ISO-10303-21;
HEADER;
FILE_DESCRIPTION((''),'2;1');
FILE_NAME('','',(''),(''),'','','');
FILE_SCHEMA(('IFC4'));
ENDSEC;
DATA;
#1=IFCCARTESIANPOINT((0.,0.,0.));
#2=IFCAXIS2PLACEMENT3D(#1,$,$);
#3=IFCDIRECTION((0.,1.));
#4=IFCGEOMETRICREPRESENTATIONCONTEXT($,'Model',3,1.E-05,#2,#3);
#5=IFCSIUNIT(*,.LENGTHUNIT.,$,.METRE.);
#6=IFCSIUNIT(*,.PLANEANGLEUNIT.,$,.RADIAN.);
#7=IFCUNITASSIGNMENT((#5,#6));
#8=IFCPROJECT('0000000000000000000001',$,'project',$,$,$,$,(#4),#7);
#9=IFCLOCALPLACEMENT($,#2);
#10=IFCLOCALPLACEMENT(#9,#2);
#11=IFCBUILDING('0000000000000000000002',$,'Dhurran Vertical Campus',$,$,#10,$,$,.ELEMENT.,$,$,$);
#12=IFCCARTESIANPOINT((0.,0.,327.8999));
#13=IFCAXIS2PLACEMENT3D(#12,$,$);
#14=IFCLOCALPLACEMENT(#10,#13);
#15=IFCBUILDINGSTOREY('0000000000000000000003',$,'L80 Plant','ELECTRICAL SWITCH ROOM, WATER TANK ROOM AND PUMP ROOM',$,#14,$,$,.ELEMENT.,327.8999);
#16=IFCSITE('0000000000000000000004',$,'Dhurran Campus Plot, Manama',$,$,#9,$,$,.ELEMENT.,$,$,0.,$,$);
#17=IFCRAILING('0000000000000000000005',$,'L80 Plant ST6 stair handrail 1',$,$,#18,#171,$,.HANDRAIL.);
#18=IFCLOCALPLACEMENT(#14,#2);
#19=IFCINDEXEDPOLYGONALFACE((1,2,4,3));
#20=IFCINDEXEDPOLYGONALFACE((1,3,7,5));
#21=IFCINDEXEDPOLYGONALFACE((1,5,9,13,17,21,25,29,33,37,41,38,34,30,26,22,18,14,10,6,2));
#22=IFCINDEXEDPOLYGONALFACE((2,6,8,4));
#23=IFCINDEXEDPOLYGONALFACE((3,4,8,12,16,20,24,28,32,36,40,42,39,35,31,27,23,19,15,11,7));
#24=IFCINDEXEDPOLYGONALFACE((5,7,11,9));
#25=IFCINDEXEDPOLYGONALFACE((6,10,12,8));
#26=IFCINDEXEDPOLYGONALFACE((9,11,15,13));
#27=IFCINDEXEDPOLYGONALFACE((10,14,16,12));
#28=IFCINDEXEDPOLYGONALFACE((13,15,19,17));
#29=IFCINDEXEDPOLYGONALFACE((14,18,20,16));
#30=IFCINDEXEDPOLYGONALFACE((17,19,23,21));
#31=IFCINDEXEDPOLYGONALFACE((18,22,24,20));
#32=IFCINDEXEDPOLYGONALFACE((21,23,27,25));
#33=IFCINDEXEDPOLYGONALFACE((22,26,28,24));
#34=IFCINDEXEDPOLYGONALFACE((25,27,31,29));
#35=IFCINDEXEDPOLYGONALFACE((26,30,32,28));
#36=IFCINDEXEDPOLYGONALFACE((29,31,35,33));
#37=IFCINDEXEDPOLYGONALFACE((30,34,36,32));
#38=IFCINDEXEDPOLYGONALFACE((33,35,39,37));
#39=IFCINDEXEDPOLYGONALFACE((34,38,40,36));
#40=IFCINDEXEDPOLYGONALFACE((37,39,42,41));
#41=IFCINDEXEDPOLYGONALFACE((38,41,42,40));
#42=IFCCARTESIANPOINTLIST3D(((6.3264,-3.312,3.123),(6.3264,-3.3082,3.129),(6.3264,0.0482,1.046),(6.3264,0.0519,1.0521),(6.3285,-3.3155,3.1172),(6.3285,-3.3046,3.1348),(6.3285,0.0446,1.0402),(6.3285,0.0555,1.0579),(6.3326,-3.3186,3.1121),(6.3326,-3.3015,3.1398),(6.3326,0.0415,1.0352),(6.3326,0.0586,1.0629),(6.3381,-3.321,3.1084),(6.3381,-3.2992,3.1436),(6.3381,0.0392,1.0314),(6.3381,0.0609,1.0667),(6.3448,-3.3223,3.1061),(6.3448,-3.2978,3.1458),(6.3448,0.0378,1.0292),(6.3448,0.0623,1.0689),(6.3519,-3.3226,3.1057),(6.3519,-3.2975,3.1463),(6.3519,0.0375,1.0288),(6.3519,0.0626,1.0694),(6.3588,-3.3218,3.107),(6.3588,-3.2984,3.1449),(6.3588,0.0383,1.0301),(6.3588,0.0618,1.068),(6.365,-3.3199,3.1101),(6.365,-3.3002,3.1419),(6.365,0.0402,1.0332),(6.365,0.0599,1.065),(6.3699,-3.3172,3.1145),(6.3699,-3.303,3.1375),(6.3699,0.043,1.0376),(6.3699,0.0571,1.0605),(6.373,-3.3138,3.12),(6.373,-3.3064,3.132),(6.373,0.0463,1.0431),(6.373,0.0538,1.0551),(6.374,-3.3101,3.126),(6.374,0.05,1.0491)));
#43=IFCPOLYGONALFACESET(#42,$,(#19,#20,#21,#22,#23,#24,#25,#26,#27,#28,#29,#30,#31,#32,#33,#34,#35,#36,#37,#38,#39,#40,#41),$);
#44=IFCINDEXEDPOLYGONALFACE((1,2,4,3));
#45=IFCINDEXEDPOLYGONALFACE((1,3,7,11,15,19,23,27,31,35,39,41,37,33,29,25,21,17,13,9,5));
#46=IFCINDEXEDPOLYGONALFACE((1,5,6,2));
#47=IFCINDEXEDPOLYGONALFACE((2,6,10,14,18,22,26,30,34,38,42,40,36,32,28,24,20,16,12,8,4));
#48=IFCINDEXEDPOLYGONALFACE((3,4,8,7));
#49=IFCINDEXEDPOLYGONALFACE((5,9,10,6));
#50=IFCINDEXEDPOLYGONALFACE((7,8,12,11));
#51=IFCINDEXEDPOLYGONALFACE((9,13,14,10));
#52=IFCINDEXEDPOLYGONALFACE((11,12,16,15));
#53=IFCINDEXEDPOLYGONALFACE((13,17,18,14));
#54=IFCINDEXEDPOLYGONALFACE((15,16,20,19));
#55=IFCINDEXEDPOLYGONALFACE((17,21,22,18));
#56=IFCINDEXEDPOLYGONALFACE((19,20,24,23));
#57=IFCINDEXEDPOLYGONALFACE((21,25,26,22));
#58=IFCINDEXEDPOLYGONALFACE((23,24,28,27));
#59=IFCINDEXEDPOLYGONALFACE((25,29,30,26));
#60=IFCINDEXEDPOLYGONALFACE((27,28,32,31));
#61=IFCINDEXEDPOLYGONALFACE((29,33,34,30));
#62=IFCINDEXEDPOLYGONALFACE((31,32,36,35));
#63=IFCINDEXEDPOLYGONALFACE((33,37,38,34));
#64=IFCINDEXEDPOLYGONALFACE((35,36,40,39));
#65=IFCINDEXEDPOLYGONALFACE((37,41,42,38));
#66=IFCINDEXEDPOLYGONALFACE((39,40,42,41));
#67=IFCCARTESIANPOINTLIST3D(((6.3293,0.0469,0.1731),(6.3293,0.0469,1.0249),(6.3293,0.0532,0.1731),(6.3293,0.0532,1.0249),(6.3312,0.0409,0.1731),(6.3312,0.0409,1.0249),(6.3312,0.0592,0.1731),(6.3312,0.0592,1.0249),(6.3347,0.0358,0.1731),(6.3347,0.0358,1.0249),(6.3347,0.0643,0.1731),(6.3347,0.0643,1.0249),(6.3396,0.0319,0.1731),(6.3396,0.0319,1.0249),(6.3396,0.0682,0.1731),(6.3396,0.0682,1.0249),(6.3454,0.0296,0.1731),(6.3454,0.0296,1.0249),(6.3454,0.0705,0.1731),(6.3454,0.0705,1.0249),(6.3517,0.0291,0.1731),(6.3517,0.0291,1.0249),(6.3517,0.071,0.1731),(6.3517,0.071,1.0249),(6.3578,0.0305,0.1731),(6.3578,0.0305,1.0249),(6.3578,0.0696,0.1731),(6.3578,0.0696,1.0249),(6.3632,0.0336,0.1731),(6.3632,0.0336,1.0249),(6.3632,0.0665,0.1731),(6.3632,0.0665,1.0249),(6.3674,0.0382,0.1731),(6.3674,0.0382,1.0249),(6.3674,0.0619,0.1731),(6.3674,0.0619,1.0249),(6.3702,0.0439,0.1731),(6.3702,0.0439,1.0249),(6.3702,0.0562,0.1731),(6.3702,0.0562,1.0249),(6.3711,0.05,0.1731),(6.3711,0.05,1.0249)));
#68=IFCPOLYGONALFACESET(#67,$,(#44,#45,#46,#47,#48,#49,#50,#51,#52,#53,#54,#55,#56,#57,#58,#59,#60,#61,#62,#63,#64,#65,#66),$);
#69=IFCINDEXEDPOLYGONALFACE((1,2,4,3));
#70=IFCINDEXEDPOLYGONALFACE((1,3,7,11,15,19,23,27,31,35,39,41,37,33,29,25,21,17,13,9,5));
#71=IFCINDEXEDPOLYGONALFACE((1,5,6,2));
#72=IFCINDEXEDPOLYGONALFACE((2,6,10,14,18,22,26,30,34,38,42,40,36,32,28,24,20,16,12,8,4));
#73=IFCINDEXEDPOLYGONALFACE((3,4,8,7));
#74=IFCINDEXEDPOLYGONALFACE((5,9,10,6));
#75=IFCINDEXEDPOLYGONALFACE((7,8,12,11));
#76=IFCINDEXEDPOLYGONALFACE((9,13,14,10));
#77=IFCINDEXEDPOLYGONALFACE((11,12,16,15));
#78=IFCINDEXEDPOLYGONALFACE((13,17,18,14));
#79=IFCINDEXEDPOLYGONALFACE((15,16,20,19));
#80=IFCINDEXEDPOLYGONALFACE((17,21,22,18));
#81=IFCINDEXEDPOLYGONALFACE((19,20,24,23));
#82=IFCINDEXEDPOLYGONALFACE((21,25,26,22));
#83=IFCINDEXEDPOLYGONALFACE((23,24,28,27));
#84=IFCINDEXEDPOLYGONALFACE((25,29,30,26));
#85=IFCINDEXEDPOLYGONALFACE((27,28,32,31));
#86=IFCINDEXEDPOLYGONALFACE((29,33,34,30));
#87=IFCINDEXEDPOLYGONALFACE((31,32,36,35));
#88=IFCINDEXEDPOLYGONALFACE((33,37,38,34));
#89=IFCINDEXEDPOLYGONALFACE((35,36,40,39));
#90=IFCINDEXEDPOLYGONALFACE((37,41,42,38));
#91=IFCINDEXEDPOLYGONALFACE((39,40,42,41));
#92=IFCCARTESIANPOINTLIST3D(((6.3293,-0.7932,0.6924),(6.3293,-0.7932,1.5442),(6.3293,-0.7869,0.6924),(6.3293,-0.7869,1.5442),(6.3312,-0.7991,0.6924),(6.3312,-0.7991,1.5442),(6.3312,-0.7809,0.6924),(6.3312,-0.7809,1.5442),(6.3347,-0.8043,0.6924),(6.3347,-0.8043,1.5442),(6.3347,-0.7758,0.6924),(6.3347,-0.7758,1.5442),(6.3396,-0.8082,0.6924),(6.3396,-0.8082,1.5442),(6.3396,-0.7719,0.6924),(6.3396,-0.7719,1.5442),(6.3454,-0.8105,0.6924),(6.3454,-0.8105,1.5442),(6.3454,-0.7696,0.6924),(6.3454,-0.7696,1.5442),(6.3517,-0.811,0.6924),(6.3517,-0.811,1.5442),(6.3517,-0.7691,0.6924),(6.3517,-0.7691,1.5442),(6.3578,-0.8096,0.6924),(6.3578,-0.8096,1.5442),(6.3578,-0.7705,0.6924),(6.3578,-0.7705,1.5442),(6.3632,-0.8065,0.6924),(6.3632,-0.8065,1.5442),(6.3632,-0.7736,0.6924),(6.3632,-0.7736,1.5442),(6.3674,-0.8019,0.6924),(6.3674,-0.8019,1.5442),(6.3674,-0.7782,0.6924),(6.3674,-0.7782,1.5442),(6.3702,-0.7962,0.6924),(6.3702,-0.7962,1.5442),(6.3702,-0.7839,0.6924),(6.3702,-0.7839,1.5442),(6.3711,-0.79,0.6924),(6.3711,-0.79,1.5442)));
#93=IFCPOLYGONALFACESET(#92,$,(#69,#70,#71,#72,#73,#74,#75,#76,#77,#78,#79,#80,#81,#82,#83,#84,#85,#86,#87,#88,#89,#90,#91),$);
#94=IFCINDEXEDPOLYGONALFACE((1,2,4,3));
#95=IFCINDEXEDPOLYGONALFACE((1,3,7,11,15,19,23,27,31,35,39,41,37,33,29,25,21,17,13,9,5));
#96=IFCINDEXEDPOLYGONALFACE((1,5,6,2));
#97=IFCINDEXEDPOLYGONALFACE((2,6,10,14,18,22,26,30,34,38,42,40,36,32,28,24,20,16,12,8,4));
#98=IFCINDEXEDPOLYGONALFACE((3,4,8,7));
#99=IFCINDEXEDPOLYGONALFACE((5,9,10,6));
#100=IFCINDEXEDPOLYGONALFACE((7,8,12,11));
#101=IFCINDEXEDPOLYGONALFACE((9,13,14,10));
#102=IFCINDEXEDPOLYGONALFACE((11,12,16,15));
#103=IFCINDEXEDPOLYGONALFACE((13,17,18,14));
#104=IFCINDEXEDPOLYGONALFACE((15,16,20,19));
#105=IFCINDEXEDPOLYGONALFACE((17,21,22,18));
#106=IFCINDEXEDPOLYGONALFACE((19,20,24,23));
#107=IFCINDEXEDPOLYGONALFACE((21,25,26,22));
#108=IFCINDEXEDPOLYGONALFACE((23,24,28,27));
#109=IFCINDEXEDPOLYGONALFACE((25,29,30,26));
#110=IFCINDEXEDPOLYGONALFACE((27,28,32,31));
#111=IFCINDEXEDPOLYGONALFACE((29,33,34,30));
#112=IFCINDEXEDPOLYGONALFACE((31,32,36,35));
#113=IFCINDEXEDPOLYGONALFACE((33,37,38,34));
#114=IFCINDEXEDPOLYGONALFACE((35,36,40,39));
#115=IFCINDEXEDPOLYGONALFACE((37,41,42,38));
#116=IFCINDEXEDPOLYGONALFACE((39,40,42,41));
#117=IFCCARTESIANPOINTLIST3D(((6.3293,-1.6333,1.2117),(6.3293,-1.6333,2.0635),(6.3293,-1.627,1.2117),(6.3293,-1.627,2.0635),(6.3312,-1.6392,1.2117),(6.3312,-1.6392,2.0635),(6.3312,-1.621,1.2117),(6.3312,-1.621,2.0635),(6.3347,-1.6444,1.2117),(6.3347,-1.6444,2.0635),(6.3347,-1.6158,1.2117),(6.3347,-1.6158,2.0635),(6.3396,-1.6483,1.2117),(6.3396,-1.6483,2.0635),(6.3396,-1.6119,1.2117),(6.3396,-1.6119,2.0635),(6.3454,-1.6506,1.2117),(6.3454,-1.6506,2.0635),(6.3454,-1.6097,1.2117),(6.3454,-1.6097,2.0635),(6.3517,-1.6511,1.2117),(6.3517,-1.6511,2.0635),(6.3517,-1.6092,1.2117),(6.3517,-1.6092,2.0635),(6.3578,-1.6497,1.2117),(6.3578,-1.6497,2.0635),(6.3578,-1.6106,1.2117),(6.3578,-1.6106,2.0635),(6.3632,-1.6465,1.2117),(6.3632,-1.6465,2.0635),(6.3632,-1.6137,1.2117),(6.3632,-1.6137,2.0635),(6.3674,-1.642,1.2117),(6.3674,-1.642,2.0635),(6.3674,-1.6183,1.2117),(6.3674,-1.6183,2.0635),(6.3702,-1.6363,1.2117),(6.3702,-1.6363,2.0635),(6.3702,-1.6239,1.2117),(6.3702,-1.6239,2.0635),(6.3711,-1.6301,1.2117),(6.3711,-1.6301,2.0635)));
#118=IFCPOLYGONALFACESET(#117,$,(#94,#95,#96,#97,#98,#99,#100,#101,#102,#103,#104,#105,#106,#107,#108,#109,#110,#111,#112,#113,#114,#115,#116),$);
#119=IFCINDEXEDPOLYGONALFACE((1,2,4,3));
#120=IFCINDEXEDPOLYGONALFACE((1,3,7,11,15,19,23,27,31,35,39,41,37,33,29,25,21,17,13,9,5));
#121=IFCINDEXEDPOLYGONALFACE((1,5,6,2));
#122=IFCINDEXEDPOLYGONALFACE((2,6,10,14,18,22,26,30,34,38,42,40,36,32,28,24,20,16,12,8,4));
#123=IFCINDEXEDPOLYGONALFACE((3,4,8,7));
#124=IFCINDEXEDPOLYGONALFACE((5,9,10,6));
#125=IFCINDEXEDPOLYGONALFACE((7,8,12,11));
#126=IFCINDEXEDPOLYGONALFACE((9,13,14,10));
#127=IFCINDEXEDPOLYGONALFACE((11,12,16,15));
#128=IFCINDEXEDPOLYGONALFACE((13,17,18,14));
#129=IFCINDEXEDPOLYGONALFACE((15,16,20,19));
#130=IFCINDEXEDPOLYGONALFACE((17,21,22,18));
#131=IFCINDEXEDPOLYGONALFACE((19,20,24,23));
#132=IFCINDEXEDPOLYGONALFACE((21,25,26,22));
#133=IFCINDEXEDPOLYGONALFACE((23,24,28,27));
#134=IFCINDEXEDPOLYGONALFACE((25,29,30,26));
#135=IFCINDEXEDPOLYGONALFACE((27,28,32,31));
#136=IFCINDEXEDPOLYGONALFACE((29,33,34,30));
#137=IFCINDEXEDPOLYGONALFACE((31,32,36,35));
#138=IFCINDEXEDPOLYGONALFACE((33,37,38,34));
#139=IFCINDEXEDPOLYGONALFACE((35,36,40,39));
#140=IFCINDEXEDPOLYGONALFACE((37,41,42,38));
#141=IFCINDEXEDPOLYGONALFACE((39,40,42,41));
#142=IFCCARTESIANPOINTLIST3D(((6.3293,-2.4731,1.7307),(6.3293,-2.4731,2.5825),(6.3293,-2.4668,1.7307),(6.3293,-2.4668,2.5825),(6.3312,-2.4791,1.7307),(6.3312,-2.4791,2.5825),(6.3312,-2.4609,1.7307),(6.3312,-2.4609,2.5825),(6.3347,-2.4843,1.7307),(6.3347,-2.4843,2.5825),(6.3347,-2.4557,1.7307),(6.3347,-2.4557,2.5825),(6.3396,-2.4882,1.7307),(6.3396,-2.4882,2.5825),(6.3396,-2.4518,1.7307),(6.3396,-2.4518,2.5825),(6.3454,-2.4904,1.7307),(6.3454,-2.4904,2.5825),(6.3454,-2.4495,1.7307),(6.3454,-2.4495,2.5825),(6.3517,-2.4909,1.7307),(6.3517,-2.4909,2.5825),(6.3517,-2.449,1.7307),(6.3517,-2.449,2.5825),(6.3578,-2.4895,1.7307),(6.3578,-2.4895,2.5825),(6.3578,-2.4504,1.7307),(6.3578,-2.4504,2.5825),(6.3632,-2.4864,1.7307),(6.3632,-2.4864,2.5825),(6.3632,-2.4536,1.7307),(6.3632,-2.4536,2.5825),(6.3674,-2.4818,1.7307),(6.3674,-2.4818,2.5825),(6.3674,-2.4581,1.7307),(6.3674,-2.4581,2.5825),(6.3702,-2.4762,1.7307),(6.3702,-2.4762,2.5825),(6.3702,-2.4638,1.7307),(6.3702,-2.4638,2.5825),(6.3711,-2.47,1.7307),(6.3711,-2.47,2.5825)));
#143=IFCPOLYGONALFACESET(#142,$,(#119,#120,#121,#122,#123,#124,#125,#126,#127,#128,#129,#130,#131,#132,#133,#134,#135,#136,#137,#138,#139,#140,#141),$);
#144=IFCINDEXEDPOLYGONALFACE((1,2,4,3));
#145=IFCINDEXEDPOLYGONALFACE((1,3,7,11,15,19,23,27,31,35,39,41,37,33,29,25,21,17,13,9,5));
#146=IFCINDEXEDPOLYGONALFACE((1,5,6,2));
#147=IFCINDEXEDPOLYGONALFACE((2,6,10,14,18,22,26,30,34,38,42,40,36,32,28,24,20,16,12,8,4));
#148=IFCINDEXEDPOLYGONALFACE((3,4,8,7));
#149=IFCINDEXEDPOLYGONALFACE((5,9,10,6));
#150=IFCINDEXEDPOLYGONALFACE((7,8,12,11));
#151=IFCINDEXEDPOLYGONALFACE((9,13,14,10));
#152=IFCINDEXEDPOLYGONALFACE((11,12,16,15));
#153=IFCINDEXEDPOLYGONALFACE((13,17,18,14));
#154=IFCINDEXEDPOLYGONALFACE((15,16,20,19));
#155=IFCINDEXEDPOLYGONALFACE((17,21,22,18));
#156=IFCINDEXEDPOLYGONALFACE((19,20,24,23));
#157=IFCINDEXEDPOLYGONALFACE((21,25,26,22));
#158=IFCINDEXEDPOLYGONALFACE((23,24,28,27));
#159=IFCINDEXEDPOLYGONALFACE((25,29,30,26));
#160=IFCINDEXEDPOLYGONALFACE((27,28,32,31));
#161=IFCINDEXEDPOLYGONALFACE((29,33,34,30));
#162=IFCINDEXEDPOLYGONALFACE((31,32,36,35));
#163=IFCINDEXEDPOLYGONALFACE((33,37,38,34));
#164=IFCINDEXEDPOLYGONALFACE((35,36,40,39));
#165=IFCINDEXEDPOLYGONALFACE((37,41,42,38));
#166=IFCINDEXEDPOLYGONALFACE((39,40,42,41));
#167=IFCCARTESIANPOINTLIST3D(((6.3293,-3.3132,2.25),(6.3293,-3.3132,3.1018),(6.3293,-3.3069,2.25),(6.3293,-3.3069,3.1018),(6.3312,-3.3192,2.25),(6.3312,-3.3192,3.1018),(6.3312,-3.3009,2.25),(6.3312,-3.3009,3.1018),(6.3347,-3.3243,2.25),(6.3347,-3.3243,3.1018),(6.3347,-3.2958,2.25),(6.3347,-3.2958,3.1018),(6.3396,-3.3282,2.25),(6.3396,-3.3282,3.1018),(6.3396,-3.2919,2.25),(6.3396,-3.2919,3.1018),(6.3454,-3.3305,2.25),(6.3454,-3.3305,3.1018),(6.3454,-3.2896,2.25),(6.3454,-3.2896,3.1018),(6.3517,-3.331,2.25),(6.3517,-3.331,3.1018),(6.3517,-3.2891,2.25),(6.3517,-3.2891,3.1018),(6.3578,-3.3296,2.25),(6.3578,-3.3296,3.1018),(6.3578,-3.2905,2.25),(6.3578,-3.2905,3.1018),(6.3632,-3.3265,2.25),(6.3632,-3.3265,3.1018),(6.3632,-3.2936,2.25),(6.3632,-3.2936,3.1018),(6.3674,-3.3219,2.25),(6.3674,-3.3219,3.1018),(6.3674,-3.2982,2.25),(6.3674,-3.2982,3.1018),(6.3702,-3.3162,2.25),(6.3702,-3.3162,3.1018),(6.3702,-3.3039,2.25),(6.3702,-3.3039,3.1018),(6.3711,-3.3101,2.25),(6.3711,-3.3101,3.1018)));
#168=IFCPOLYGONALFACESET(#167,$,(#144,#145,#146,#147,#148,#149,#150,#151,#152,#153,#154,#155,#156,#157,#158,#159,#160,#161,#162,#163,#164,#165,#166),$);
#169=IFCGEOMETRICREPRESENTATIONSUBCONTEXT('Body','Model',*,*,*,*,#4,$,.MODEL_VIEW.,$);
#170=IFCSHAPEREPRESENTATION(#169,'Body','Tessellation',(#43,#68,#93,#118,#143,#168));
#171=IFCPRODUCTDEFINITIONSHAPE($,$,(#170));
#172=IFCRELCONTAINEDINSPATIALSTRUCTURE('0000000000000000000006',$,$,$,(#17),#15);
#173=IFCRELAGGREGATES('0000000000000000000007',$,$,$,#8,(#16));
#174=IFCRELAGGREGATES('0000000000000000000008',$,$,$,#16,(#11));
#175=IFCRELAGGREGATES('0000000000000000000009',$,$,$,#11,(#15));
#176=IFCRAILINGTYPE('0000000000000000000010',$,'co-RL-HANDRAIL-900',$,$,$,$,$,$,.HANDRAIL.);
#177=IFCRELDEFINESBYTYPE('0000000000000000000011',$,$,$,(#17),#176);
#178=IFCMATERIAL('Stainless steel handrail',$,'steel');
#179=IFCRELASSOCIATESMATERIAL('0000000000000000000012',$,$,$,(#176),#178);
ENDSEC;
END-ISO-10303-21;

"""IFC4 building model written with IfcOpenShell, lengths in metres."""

from ifc_helpers import new_model, si_unit, direction, frame, origin, origin_2d, place, context, subcontext, project, spatial, circle, extrude, material, type_object, element, save


model = new_model("IFC4")

# Units and contexts
model_context = context("Model", 3, precision=1e-05, world=origin(), true_north=direction((0.0, 1.0)))
body_context = subcontext(model_context, "Body", "Model", "MODEL_VIEW")
ifc_project = project(units=[si_unit("LENGTHUNIT", "METRE"), si_unit("PLANEANGLEUNIT", "RADIAN")], contexts=[model_context])

# Site, building, storey
site_placement = place(None, origin())
site = spatial("IfcSite", under=ifc_project, at=site_placement, Name="Dhurran Campus Plot, Manama", CompositionType="ELEMENT", RefElevation=0.0)
building_placement = place(site_placement, origin())
building = spatial("IfcBuilding", under=site, at=building_placement, Name="Dhurran Vertical Campus", CompositionType="ELEMENT")
storey_placement = place(building_placement, frame((0.0, 0.0, 327.8999)))
storey = spatial("IfcBuildingStorey", under=building, at=storey_placement, Name="L80 Plant", Description="ELECTRICAL SWITCH ROOM, WATER TANK ROOM AND PUMP ROOM", CompositionType="ELEMENT", Elevation=327.8999)

# Railing
ifc_material_1 = material(Name="Stainless steel handrail", Category="steel")
railing_type_1 = type_object("IfcRailingType", Name="co-RL-HANDRAIL-900", PredefinedType="HANDRAIL", material=ifc_material_1)
railing_1_placement = place(storey_placement, frame((6.3501, 0.05, 0.1731)))
element("IfcRailing", 1, at=railing_1_placement, inside=storey, type_object=railing_type_1, Name="L80 Plant ST6 stair handrail 1", PredefinedType="HANDRAIL", context=body_context, shape_type="SweptSolid", body=[
    extrude(circle(Radius=0.0239, at=origin_2d()), frame((0.0, 0.0, 0.876), z_axis=(0.0, -0.850623, 0.525776), x_axis=(1.0, 0.0, 0.0)), (0.0, 0.0, 1.0), 3.9502),
    extrude(circle(Radius=0.021, at=origin_2d()), origin(), (0.0, 0.0, 1.0), 0.8518),
    extrude(circle(Radius=0.021, at=origin_2d()), frame((0.0, -0.8401, 0.5193)), (0.0, 0.0, 1.0), 0.8518),
    extrude(circle(Radius=0.021, at=origin_2d()), frame((0.0, -1.6802, 1.0386)), (0.0, 0.0, 1.0), 0.8518),
    extrude(circle(Radius=0.021, at=origin_2d()), frame((0.0, -2.52, 1.5576)), (0.0, 0.0, 1.0), 0.8518),
    extrude(circle(Radius=0.021, at=origin_2d()), frame((0.0, -3.3601, 2.0769)), (0.0, 0.0, 1.0), 0.8518),
])

save(model, "model.ifc")
